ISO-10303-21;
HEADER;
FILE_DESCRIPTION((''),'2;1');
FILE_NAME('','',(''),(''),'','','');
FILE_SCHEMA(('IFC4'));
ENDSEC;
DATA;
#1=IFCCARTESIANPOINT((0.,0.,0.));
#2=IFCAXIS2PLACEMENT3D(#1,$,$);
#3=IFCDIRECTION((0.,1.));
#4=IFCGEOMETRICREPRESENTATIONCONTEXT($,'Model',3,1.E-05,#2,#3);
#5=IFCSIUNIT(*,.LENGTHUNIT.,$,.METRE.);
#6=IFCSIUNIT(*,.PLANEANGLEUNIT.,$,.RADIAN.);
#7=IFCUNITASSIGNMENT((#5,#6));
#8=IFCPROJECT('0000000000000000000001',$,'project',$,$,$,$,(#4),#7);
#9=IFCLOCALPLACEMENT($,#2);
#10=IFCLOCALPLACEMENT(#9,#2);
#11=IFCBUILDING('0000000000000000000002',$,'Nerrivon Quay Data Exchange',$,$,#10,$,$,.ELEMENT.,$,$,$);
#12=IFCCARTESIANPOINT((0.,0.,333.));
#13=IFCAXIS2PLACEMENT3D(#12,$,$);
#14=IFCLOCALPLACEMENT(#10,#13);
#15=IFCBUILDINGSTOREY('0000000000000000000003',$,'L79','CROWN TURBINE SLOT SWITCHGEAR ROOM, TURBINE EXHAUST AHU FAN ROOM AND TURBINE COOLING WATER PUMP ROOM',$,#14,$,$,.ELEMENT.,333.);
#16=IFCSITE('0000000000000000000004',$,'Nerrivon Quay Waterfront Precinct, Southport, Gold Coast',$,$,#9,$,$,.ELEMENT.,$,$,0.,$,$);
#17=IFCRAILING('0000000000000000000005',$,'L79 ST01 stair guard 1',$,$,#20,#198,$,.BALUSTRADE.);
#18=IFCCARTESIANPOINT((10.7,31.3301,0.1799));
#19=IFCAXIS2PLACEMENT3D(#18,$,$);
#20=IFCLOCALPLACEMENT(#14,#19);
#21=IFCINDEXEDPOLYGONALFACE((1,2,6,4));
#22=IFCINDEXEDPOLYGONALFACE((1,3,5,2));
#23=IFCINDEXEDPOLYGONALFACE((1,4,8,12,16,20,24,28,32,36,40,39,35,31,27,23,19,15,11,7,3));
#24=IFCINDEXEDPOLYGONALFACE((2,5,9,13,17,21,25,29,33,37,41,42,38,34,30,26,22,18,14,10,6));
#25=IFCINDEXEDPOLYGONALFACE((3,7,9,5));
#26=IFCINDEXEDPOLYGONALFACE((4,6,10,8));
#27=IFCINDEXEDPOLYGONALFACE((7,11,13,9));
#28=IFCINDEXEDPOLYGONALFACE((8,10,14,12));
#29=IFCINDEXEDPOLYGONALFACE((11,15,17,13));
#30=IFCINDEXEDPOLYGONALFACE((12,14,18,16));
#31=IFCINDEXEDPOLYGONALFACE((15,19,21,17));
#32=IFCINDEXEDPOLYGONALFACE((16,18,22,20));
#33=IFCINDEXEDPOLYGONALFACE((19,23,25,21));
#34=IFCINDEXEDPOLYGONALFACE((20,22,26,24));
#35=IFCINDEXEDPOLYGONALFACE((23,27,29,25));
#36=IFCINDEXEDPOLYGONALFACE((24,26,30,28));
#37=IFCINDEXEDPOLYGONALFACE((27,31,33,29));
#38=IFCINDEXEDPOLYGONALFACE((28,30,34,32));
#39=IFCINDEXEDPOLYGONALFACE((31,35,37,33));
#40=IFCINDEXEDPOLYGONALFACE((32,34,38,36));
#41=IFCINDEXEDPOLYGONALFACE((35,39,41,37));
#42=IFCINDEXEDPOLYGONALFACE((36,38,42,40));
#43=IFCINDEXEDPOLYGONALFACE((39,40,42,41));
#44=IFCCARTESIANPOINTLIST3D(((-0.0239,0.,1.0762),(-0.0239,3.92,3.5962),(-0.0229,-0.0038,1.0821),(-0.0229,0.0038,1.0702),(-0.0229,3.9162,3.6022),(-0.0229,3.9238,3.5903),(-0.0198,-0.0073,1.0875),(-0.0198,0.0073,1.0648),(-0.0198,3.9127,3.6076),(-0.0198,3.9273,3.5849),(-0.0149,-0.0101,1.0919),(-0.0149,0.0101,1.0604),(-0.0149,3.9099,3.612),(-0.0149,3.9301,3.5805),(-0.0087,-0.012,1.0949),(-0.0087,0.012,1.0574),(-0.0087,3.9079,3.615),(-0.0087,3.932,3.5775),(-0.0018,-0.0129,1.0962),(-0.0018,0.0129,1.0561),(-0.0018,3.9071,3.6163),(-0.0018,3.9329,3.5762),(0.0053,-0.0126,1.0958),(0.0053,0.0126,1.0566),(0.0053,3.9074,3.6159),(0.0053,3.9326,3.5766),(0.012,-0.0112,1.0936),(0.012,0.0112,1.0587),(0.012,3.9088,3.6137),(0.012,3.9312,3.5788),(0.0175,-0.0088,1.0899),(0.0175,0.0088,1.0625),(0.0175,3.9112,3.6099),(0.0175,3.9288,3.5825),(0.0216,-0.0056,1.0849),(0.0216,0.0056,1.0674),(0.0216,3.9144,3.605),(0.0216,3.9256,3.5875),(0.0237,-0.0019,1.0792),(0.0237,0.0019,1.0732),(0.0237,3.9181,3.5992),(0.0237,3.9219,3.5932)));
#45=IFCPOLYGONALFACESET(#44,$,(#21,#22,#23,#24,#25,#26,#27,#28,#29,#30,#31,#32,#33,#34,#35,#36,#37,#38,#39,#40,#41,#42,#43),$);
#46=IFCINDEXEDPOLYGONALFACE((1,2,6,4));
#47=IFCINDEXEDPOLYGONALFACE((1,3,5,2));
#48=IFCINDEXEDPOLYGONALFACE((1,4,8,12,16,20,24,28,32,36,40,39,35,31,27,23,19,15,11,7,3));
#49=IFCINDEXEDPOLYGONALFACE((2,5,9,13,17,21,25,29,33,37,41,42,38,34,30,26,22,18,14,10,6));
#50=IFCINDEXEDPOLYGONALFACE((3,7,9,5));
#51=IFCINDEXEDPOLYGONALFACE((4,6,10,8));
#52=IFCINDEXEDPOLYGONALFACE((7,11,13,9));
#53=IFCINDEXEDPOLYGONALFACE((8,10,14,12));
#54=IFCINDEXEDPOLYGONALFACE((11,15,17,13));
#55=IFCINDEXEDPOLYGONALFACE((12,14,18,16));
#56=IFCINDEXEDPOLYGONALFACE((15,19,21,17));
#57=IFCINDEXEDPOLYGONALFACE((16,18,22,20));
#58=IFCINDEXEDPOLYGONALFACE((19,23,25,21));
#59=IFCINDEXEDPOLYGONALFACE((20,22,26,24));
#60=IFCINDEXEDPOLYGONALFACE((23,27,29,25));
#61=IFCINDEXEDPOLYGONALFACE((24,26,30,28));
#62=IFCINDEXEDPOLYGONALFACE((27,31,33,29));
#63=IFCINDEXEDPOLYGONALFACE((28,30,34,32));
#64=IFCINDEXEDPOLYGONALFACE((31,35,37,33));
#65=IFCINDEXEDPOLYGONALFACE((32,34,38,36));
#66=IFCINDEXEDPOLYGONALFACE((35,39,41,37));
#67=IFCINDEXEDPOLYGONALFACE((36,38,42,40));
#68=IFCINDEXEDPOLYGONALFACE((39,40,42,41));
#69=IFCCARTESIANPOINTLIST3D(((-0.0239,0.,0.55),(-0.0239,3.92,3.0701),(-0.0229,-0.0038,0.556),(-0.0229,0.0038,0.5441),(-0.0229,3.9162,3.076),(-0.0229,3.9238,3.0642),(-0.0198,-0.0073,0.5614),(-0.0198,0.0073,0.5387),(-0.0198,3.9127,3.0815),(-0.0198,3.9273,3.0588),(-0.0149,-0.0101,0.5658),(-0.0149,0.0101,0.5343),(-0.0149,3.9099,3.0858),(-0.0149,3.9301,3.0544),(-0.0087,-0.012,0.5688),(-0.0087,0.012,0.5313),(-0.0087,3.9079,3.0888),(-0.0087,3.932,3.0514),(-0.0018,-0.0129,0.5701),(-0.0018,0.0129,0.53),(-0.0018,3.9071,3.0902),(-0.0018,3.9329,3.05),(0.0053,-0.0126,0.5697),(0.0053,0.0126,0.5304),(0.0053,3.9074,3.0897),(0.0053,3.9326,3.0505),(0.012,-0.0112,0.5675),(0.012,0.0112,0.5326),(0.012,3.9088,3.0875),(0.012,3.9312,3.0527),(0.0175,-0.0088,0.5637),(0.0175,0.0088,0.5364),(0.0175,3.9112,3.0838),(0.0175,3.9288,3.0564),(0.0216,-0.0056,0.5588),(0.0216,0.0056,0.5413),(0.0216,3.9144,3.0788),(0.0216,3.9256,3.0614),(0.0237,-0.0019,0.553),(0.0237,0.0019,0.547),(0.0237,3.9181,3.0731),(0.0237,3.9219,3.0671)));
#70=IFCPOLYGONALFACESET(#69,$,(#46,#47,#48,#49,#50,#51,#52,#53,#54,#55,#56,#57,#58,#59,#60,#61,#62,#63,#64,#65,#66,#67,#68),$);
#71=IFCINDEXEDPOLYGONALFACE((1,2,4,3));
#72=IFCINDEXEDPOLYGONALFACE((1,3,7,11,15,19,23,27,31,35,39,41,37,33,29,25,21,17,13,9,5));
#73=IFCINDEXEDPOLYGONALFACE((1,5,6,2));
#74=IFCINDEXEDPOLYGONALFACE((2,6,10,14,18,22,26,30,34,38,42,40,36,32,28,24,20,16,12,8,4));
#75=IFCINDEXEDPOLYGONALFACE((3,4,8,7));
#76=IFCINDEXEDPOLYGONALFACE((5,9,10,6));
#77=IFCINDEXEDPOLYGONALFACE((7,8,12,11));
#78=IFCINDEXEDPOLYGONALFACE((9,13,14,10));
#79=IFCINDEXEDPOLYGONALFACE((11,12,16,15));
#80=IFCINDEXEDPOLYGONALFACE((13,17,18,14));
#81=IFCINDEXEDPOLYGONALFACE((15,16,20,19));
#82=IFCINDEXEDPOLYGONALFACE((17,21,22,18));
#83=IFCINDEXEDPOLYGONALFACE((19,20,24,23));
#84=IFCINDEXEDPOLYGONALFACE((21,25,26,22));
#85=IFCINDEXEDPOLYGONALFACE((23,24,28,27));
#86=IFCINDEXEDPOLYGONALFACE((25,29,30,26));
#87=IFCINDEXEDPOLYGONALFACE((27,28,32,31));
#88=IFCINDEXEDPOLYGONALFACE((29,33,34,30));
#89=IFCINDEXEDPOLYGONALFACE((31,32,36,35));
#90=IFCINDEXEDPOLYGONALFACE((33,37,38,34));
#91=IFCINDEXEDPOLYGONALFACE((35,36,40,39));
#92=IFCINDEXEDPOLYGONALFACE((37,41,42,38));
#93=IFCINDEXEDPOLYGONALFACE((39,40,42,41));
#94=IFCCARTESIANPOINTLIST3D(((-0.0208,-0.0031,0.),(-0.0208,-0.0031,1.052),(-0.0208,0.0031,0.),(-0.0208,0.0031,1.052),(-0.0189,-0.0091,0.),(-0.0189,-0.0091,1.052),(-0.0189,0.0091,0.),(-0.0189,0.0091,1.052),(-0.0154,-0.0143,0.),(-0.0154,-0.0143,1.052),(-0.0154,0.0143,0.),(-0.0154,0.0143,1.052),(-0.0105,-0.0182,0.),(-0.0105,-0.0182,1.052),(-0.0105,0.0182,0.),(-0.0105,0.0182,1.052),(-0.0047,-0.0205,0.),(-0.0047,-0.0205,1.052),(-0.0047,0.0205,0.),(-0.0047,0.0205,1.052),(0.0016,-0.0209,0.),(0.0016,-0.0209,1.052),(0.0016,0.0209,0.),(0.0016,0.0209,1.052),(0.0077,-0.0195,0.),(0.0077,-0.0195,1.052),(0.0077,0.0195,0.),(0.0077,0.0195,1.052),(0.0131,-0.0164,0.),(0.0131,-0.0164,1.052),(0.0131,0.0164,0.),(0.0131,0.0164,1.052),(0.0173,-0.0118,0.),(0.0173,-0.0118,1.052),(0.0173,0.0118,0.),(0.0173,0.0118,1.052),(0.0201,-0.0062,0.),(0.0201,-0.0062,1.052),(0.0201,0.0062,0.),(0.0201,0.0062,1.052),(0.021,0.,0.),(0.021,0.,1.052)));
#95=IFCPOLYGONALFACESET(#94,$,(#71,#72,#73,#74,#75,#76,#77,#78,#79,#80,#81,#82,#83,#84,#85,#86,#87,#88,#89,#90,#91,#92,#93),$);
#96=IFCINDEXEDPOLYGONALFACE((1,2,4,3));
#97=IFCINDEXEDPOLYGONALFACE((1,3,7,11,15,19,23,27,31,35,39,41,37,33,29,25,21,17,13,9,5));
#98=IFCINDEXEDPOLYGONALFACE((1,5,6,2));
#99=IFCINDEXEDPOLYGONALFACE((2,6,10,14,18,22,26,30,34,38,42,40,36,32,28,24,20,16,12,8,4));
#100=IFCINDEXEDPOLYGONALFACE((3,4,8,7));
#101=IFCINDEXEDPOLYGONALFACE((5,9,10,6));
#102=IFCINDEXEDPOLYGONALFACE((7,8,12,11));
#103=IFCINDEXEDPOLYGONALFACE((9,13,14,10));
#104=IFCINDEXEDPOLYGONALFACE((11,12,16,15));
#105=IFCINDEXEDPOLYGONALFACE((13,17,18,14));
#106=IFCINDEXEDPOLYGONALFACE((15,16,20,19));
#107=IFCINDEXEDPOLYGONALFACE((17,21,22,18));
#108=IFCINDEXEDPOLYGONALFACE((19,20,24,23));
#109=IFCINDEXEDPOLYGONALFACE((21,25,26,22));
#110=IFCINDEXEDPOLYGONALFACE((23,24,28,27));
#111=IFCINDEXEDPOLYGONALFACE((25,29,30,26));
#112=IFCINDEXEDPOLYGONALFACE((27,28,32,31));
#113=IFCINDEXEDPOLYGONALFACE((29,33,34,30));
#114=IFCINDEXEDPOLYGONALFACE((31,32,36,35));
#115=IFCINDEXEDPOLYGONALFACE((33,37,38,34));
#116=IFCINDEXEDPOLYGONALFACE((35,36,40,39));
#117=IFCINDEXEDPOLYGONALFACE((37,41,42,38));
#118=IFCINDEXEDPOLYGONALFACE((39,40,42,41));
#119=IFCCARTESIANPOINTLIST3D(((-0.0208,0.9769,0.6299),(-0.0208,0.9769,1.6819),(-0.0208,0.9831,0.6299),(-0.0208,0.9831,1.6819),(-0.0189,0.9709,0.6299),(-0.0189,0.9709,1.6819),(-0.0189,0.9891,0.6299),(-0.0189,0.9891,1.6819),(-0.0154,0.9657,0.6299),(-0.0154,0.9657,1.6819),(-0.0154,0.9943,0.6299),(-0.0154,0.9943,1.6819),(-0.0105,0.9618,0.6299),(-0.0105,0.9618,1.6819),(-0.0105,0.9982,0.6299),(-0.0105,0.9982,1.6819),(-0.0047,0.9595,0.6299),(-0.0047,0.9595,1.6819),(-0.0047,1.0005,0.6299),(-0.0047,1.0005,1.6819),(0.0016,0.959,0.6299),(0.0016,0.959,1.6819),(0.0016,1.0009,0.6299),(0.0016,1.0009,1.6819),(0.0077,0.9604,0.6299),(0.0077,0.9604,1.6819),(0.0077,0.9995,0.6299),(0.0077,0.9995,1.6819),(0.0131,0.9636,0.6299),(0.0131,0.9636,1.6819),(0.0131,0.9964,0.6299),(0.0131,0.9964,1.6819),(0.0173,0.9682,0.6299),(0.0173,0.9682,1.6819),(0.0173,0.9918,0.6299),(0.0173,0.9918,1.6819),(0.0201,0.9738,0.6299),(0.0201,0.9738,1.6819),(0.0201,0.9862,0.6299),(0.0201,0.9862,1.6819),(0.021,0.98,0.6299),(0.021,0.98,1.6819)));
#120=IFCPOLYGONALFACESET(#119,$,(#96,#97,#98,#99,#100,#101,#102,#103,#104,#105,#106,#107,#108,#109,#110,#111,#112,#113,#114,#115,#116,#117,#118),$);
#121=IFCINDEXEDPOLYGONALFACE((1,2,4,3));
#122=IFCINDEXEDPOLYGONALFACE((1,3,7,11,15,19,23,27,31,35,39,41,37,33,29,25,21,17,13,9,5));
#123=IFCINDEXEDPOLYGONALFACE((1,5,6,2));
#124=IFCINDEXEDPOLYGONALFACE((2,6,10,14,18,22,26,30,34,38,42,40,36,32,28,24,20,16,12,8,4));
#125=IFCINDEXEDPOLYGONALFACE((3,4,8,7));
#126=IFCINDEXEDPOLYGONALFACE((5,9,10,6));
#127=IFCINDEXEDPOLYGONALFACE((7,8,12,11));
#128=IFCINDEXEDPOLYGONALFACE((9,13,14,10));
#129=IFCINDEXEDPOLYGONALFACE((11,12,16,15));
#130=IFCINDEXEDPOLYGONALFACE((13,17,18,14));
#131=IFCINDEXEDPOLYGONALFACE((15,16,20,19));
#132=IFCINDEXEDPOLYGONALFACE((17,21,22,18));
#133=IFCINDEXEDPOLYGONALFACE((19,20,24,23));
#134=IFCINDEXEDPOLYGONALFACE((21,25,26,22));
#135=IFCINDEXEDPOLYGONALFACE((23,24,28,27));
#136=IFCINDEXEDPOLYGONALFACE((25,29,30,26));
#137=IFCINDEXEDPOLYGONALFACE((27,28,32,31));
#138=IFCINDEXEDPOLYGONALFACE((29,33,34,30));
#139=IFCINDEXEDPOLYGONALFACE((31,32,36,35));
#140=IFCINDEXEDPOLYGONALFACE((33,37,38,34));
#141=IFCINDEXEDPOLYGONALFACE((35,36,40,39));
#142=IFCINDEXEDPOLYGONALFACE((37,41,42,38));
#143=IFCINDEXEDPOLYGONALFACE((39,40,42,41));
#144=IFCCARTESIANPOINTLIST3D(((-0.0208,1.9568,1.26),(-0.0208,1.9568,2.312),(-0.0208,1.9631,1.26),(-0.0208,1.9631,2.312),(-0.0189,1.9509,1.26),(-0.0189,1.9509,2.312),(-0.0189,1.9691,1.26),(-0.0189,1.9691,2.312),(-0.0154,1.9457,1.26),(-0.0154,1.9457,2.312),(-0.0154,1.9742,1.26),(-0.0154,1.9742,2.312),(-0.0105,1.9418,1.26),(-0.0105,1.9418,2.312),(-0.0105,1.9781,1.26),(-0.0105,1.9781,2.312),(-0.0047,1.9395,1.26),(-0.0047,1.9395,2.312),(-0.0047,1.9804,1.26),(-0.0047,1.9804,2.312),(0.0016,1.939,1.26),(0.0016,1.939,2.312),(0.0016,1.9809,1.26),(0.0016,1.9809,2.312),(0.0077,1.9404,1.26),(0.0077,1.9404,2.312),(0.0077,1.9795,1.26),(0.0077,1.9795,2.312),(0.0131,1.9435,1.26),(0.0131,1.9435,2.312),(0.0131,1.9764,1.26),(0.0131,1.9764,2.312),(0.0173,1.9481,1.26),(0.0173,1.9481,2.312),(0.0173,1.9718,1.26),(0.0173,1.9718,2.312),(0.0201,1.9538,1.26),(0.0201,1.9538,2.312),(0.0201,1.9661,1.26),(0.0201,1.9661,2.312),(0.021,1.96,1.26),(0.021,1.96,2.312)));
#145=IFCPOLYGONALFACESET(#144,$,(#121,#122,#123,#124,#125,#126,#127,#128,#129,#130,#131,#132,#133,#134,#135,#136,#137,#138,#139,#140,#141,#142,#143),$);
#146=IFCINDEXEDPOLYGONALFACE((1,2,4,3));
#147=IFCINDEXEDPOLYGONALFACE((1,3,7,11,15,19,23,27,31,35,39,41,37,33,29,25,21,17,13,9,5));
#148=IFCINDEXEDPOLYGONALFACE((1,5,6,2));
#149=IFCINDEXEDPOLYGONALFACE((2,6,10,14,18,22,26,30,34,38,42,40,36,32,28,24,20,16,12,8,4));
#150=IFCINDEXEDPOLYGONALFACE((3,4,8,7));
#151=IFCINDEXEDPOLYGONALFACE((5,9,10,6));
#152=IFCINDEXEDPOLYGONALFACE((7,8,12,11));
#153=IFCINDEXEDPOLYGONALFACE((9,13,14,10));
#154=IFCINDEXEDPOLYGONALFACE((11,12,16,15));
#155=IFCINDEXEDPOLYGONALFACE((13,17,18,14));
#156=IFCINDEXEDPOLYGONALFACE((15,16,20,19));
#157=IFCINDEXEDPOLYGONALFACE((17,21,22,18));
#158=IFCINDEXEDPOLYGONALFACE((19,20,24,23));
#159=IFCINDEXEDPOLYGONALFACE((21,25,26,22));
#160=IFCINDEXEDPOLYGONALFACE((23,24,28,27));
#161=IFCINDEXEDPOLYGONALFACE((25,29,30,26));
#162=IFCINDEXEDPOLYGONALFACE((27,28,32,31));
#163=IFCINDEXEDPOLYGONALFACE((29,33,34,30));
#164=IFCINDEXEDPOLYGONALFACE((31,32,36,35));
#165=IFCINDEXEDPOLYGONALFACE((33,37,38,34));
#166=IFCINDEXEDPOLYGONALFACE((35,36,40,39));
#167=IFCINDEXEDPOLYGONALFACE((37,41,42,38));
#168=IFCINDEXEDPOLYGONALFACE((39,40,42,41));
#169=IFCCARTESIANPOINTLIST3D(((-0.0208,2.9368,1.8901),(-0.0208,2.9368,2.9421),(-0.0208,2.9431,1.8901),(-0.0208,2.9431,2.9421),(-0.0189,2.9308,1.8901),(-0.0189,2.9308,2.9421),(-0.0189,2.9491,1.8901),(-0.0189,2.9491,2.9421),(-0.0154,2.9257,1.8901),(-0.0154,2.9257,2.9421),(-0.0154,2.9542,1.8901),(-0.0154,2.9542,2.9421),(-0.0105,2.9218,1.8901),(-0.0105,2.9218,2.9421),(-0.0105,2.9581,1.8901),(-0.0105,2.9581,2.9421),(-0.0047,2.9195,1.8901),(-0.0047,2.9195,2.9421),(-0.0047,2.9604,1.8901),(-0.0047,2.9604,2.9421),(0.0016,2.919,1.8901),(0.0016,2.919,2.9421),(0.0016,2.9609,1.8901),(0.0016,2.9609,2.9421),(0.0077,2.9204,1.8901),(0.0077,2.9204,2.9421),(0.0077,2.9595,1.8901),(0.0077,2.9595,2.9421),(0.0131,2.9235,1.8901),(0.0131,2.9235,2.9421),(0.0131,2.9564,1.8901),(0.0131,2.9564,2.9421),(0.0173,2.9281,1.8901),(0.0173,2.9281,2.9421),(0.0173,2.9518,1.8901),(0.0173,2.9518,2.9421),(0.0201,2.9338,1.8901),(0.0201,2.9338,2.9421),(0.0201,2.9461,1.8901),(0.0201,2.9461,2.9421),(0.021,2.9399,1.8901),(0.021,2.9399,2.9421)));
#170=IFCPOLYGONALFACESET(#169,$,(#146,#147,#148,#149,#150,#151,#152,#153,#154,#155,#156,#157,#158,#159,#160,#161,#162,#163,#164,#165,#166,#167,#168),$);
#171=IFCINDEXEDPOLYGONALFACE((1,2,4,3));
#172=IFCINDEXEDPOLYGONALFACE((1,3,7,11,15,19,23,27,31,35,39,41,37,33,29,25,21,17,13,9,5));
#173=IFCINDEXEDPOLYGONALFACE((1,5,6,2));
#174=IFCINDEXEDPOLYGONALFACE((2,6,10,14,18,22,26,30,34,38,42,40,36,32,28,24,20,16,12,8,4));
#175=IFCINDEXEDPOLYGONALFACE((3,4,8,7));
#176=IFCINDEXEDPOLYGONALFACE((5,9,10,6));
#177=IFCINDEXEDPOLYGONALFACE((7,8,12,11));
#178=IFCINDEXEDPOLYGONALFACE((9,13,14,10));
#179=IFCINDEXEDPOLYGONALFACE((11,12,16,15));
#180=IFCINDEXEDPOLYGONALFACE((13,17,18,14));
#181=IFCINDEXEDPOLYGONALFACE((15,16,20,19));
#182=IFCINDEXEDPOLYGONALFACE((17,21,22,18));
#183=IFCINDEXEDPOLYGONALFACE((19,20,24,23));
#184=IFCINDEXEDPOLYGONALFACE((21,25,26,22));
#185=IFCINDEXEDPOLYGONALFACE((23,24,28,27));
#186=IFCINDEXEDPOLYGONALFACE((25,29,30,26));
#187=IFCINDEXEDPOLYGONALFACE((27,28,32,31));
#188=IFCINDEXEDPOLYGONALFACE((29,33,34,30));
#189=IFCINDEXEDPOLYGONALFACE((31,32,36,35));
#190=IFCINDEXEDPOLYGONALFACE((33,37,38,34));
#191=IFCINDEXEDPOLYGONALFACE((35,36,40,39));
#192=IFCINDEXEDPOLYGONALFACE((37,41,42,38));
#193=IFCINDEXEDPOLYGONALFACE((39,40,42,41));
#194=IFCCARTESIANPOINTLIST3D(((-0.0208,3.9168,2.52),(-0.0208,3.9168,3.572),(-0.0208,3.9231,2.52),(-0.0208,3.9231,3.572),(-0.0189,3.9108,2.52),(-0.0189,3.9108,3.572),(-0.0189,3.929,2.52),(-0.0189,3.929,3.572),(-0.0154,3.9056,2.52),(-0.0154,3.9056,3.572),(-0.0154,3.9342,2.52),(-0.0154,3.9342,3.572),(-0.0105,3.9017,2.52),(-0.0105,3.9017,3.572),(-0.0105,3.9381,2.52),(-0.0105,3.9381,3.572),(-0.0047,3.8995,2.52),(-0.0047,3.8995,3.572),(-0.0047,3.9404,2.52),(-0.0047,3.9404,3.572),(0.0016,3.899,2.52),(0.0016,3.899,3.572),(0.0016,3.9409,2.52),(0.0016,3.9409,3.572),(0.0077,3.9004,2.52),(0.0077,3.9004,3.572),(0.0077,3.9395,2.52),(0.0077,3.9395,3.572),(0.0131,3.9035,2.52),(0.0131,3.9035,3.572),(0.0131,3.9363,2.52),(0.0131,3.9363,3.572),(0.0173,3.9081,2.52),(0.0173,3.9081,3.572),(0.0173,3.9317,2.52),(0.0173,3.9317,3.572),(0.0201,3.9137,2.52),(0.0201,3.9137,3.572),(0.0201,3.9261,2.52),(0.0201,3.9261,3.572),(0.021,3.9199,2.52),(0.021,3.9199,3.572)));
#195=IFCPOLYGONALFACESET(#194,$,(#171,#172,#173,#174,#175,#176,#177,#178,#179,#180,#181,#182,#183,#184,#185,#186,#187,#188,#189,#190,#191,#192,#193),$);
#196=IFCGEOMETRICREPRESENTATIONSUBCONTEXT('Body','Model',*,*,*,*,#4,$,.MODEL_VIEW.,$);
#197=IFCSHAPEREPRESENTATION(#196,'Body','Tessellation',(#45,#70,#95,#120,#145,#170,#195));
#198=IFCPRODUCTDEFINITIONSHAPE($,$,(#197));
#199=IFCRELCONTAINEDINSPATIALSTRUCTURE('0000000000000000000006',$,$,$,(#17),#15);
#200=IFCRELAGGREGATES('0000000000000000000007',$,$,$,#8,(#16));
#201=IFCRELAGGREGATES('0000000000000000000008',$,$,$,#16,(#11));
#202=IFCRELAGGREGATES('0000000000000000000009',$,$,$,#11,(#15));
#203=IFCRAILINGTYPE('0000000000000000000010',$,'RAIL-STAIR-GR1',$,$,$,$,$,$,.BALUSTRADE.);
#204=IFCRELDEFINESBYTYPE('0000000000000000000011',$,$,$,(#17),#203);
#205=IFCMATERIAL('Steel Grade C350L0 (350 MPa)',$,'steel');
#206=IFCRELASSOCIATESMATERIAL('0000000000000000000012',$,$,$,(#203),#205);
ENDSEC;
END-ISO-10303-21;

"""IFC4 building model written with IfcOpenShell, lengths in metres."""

from ifc_helpers import new_model, si_unit, direction, frame, origin, origin_2d, place, context, subcontext, project, spatial, circle, extrude, material, type_object, element, save


model = new_model("IFC4")

# Units and contexts
model_context = context("Model", 3, precision=1e-05, world=origin(), true_north=direction((0.0, 1.0)))
body_context = subcontext(model_context, "Body", "Model", "MODEL_VIEW")
ifc_project = project(units=[si_unit("LENGTHUNIT", "METRE"), si_unit("PLANEANGLEUNIT", "RADIAN")], contexts=[model_context])

# Site, building, storey
site_placement = place(None, origin())
site = spatial("IfcSite", under=ifc_project, at=site_placement, Name="Nerrivon Quay Waterfront Precinct, Southport, Gold Coast", CompositionType="ELEMENT", RefElevation=0.0)
building_placement = place(site_placement, origin())
building = spatial("IfcBuilding", under=site, at=building_placement, Name="Nerrivon Quay Data Exchange", CompositionType="ELEMENT")
storey_placement = place(building_placement, frame((0.0, 0.0, 333.0)))
storey = spatial("IfcBuildingStorey", under=building, at=storey_placement, Name="L79", Description="CROWN TURBINE SLOT SWITCHGEAR ROOM, TURBINE EXHAUST AHU FAN ROOM AND TURBINE COOLING WATER PUMP ROOM", CompositionType="ELEMENT", Elevation=333.0)

# Railing
ifc_material_1 = material(Name="Steel Grade C350L0 (350 MPa)", Category="steel")
railing_type_1 = type_object("IfcRailingType", Name="RAIL-STAIR-GR1", PredefinedType="BALUSTRADE", material=ifc_material_1)
railing_1_placement = place(storey_placement, frame((10.7, 31.3301, 0.1799)))
element("IfcRailing", 1, at=railing_1_placement, inside=storey, type_object=railing_type_1, Name="L79 ST01 stair guard 1", PredefinedType="BALUSTRADE", context=body_context, shape_type="SweptSolid", body=[
    extrude(circle(Radius=0.0239, at=origin_2d()), frame((0.0, 0.0, 1.0762), z_axis=(0.0, 0.841172, 0.540768), x_axis=(-1.0, 0.0, 0.0)), (0.0, 0.0, 1.0), 4.6602),
    extrude(circle(Radius=0.0239, at=origin_2d()), frame((0.0, 0.0, 0.55), z_axis=(0.0, 0.841172, 0.540768), x_axis=(-1.0, 0.0, 0.0)), (0.0, 0.0, 1.0), 4.6602),
    extrude(circle(Radius=0.021, at=origin_2d()), origin(), (0.0, 0.0, 1.0), 1.052),
    extrude(circle(Radius=0.021, at=origin_2d()), frame((0.0, 0.98, 0.6299)), (0.0, 0.0, 1.0), 1.052),
    extrude(circle(Radius=0.021, at=origin_2d()), frame((0.0, 1.96, 1.26)), (0.0, 0.0, 1.0), 1.052),
    extrude(circle(Radius=0.021, at=origin_2d()), frame((0.0, 2.9399, 1.8901)), (0.0, 0.0, 1.0), 1.052),
    extrude(circle(Radius=0.021, at=origin_2d()), frame((0.0, 3.9199, 2.52)), (0.0, 0.0, 1.0), 1.052),
])

save(model, "model.ifc")
